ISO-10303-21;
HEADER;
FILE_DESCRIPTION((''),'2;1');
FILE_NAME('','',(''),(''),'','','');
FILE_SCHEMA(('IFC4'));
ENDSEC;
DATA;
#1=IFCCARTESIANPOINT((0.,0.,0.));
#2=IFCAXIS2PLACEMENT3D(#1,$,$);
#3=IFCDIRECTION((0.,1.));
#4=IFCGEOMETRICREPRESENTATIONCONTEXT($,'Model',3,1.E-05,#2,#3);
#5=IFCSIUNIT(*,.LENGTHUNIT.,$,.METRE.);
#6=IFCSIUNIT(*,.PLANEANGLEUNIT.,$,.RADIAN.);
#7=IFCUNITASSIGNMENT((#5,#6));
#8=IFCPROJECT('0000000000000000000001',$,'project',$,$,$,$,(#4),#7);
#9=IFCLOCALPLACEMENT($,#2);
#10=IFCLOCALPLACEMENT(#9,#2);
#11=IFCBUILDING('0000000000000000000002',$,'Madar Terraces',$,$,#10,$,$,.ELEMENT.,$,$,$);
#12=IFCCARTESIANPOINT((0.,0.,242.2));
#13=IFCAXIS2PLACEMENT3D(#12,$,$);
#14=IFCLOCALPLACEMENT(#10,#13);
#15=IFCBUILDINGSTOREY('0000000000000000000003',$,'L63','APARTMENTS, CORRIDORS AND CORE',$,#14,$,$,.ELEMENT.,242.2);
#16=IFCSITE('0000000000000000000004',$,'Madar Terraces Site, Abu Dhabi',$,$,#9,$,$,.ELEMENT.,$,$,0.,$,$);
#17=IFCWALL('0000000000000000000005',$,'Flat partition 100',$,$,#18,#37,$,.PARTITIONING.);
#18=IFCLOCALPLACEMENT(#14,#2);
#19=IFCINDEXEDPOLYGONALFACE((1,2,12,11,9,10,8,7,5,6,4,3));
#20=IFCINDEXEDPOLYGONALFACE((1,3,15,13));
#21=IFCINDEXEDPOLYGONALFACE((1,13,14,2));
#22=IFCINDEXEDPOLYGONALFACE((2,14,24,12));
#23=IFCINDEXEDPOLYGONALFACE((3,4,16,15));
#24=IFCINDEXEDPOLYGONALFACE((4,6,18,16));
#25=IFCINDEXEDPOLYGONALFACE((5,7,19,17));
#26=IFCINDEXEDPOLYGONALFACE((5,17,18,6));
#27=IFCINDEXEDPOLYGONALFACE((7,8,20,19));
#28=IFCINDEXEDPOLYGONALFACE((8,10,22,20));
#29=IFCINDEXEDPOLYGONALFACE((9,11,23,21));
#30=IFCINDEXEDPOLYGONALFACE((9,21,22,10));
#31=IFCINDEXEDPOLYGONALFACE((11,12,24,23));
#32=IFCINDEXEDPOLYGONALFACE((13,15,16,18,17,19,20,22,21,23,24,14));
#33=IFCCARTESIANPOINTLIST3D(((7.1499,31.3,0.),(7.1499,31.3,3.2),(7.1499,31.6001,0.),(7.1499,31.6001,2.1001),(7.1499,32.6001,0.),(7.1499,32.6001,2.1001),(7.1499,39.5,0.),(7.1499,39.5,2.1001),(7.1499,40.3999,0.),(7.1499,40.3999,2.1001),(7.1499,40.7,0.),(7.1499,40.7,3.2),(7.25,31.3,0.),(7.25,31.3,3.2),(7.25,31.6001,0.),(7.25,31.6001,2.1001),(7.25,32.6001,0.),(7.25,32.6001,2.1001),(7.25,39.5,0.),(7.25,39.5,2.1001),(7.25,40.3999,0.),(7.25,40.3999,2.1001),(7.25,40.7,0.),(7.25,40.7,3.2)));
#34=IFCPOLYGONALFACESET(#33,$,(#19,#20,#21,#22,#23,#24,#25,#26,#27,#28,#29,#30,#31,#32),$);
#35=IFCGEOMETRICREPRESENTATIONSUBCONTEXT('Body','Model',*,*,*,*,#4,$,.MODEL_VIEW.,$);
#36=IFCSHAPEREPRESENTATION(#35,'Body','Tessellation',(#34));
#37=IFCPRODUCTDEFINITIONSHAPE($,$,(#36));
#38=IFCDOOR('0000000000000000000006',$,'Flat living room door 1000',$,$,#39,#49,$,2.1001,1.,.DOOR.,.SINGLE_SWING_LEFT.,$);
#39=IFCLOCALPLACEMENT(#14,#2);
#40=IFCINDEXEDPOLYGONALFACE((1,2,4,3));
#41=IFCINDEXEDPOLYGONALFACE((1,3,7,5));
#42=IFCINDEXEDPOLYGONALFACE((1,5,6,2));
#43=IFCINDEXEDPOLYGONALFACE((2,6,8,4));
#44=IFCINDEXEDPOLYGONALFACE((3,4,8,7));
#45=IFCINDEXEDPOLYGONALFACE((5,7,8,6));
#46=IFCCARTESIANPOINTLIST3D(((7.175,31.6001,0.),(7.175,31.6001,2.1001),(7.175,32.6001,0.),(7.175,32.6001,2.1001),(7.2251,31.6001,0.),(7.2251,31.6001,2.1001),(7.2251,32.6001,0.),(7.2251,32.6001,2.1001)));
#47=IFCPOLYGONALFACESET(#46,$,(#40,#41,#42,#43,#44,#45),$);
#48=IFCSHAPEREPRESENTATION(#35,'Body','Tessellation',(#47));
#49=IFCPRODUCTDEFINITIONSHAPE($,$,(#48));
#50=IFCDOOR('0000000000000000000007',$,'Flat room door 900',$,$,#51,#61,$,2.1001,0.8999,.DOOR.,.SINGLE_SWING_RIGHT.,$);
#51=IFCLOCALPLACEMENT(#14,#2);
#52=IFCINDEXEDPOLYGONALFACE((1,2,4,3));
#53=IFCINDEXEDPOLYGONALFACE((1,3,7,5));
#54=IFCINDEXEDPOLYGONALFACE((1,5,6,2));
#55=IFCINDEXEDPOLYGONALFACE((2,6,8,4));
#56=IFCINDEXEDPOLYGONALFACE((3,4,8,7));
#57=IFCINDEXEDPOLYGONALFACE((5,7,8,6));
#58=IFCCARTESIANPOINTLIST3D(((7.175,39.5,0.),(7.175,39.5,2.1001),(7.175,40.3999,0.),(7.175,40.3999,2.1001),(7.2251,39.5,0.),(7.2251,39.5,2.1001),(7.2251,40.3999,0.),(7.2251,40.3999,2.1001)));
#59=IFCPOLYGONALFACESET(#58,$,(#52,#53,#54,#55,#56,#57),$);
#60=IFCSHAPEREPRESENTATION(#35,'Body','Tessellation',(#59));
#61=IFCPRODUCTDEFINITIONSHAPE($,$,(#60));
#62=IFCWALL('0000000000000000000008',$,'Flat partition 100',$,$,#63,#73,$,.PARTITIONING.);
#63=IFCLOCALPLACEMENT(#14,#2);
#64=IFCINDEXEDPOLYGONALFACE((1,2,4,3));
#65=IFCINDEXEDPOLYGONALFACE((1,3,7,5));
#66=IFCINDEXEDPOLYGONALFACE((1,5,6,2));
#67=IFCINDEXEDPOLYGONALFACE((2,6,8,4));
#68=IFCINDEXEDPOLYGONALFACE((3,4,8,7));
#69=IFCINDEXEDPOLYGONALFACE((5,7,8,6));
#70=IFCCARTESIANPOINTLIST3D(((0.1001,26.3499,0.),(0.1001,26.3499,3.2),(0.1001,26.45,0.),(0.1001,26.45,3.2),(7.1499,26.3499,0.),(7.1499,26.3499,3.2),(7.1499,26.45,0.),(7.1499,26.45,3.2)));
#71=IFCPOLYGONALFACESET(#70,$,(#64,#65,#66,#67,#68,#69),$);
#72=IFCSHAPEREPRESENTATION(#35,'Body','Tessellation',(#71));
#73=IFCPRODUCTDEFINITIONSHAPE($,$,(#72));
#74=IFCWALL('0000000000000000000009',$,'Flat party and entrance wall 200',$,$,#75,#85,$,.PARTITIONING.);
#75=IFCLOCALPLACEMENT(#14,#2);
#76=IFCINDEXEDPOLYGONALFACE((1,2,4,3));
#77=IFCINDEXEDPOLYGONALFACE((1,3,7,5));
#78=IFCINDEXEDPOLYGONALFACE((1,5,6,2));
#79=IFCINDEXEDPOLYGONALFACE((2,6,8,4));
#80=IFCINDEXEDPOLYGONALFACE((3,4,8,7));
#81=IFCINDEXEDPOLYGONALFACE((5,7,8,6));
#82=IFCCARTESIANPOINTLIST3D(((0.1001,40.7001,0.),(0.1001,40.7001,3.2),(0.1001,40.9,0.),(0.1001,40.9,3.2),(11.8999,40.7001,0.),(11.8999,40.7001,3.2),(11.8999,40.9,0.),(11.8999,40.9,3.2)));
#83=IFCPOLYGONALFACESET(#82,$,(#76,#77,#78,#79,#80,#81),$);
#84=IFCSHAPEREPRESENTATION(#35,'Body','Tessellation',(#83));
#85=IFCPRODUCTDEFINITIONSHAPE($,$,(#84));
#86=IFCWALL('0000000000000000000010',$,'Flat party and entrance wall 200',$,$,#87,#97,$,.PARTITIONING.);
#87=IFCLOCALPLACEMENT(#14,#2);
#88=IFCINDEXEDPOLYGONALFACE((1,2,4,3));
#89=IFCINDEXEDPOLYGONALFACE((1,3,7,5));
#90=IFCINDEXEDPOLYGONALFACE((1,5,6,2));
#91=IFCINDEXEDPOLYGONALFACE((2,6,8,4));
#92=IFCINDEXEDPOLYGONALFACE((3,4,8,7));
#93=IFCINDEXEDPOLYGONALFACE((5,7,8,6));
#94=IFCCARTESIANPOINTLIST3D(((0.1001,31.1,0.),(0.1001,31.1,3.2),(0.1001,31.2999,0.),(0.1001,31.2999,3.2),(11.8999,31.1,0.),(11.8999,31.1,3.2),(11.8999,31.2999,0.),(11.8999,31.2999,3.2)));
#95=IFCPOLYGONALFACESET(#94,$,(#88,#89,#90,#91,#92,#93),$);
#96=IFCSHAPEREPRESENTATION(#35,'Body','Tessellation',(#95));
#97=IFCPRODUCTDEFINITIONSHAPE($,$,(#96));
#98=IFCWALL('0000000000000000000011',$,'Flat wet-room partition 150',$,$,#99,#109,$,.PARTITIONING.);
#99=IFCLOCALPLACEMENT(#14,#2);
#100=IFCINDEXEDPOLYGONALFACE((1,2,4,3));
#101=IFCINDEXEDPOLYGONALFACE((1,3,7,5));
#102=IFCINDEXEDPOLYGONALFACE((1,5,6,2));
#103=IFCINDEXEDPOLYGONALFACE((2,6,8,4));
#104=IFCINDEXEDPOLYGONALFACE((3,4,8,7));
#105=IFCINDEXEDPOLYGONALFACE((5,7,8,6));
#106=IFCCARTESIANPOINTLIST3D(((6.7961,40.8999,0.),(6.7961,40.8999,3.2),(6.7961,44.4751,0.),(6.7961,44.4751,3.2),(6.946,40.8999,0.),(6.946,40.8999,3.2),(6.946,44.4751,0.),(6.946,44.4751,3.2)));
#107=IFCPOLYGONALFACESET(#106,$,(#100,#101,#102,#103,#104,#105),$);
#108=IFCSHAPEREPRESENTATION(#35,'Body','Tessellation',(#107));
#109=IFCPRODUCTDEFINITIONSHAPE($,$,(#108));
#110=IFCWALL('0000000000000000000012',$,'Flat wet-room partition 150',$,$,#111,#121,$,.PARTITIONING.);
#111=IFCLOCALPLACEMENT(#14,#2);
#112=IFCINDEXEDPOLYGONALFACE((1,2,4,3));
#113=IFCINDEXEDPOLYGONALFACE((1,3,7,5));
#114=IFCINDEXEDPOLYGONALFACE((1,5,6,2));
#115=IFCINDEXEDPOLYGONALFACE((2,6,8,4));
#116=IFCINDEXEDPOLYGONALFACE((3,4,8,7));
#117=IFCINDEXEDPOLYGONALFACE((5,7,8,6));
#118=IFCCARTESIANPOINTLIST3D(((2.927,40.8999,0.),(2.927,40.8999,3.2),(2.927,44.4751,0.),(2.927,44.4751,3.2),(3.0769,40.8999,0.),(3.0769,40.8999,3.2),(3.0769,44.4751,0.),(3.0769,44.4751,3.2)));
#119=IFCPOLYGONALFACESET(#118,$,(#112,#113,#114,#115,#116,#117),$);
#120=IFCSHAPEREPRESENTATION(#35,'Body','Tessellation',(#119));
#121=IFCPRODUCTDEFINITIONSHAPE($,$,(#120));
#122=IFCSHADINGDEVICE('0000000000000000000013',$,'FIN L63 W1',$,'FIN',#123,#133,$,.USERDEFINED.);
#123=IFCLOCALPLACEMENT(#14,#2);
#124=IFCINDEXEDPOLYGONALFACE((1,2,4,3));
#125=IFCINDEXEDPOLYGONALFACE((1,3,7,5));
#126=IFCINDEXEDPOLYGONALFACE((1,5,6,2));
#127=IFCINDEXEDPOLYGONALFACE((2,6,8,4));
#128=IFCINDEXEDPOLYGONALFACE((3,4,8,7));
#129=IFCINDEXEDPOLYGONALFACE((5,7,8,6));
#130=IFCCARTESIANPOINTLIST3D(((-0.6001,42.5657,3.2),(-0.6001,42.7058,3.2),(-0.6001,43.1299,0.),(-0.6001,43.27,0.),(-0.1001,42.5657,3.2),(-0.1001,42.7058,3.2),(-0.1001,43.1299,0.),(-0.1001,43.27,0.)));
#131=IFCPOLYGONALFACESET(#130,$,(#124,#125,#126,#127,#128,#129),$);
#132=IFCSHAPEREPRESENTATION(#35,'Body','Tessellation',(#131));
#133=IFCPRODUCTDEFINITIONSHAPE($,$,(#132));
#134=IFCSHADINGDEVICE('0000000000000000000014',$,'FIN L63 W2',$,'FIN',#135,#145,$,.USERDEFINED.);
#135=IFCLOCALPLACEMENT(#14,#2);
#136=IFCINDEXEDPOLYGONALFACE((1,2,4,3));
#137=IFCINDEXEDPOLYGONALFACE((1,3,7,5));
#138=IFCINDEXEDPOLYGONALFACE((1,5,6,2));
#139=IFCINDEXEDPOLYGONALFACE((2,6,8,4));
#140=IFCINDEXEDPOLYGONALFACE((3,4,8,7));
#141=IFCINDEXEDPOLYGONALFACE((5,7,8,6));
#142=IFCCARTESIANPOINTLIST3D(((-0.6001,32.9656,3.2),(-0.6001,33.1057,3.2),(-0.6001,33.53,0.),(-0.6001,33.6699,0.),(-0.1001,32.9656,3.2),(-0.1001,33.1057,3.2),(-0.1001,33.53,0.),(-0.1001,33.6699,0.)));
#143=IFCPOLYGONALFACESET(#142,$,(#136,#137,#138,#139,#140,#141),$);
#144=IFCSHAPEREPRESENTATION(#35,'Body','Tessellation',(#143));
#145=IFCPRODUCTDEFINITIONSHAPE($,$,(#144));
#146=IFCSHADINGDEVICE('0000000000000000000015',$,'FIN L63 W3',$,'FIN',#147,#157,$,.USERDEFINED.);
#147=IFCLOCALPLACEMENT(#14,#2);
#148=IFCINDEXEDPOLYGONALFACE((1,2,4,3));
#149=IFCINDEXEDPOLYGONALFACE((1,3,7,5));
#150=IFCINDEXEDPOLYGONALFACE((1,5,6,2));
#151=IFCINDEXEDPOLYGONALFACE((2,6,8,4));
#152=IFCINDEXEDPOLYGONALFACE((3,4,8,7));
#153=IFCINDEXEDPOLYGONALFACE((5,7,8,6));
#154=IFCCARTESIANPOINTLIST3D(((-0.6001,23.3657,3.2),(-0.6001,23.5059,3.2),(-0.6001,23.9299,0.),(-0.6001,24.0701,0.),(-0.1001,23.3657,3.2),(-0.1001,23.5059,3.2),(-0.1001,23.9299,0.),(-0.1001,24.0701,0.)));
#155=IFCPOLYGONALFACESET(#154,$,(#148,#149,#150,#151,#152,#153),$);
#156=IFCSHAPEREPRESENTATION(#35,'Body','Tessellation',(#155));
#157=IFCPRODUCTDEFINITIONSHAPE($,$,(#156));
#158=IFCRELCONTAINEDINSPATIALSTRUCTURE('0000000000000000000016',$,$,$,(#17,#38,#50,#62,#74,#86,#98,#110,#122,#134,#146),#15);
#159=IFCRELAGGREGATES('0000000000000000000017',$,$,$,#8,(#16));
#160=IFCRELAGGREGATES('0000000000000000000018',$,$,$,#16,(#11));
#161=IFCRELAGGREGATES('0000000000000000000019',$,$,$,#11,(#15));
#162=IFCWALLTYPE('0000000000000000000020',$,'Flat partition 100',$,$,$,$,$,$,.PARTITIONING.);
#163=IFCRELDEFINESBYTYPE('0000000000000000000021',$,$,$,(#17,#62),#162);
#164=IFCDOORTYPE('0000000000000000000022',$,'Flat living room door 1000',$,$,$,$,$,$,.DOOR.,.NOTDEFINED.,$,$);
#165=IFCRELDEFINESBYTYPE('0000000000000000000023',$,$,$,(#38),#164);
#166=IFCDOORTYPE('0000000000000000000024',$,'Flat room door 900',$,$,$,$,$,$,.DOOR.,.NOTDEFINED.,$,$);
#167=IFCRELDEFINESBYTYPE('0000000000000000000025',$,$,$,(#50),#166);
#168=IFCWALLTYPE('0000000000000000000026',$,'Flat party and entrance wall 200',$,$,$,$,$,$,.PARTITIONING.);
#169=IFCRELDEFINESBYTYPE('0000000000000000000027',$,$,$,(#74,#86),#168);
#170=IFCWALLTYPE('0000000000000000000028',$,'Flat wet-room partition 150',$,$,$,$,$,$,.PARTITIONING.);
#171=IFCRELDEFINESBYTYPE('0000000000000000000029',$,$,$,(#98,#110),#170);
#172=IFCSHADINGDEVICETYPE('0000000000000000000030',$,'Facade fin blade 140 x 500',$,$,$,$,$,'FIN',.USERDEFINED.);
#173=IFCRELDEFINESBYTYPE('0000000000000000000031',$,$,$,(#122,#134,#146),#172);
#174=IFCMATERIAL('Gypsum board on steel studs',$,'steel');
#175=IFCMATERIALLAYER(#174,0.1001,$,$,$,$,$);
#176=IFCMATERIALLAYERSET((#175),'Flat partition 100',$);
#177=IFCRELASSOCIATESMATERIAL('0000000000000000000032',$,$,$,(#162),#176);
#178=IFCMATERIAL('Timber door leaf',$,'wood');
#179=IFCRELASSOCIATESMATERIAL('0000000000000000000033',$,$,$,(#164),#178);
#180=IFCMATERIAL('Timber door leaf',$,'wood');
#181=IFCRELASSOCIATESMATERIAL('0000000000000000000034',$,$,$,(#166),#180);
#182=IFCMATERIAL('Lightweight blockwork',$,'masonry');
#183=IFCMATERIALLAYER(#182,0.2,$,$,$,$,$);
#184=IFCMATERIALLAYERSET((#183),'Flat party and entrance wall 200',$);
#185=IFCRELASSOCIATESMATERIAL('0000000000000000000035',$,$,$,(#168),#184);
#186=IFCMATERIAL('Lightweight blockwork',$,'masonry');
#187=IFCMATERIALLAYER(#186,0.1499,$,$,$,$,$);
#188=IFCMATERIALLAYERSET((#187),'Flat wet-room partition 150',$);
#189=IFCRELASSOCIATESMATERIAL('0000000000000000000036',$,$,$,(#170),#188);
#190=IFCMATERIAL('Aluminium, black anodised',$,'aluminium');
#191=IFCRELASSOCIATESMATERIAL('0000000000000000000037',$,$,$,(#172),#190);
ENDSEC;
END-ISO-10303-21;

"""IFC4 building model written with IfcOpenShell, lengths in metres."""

from ifc_helpers import new_model, si_unit, direction, frame, frame_2d, origin, place, context, subcontext, project, spatial, polyline, rectangle, outline, extrude, material, layer, layer_set, type_object, element, fill, save


model = new_model("IFC4")

# Units and contexts
model_context = context("Model", 3, precision=1e-05, world=origin(), true_north=direction((0.0, 1.0)))
body_context = subcontext(model_context, "Body", "Model", "MODEL_VIEW")
ifc_project = project(units=[si_unit("LENGTHUNIT", "METRE"), si_unit("PLANEANGLEUNIT", "RADIAN")], contexts=[model_context])

# Site, building, storey
site_placement = place(None, origin())
site = spatial("IfcSite", under=ifc_project, at=site_placement, Name="Madar Terraces Site, Abu Dhabi", CompositionType="ELEMENT", RefElevation=0.0)
building_placement = place(site_placement, origin())
building = spatial("IfcBuilding", under=site, at=building_placement, Name="Madar Terraces", CompositionType="ELEMENT")
storey_placement = place(building_placement, frame((0.0, 0.0, 242.2)))
storey = spatial("IfcBuildingStorey", under=building, at=storey_placement, Name="L63", Description="APARTMENTS, CORRIDORS AND CORE", CompositionType="ELEMENT", Elevation=242.2)

# Shared definitions
ifc_material_1 = material(Name="Gypsum board on steel studs", Category="steel")
ifc_layer_1 = layer(ifc_material_1, 0.1001)
ifc_layer_set_1 = layer_set([ifc_layer_1], Name="Flat partition 100")
wall_type_1 = type_object("IfcWallType", Name="Flat partition 100", PredefinedType="PARTITIONING", material=ifc_layer_set_1)

# Wall, openings, doors
wall_1_placement = place(storey_placement, frame((7.2, 31.3, 0.0), z_axis=(0.0, 0.0, 1.0), x_axis=(0.0, 1.0, 0.0)))
wall_1 = element("IfcWall", 1, at=wall_1_placement, inside=storey, type_object=wall_type_1, Name="Flat partition 100", PredefinedType="PARTITIONING", context=body_context, shape_type="SweptSolid", body=[
    extrude(rectangle(XDim=9.3999, YDim=0.1001, at=frame_2d((4.7, 0.0))), origin(), (0.0, 0.0, 1.0), 3.2),
])
opening_1_placement = place(wall_1_placement, frame((8.2, 0.0, 0.0)))
opening_1 = element("IfcOpeningElement", 2, at=opening_1_placement, cuts=wall_1, PredefinedType="OPENING", context=body_context, shape_type="SweptSolid", body=[
    extrude(rectangle(XDim=0.8999, YDim=2.1001, at=frame_2d((0.45, 1.05))), frame((0.0, 0.0601, 0.0), z_axis=(0.0, -1.0, 0.0), x_axis=(1.0, 0.0, 0.0)), (0.0, 0.0, 1.0), 0.1201),
])
opening_2_placement = place(wall_1_placement, frame((0.3, 0.0, 0.0)))
opening_2 = element("IfcOpeningElement", 3, at=opening_2_placement, cuts=wall_1, PredefinedType="OPENING", context=body_context, shape_type="SweptSolid", body=[
    extrude(rectangle(XDim=1.0, YDim=2.1001, at=frame_2d((0.5, 1.05))), frame((0.0, 0.0601, 0.0), z_axis=(0.0, -1.0, 0.0), x_axis=(1.0, 0.0, 0.0)), (0.0, 0.0, 1.0), 0.1201),
])
ifc_material_2 = material(Name="Timber door leaf", Category="wood")
door_type_1 = type_object("IfcDoorType", Name="Flat living room door 1000", OperationType="NOTDEFINED", PredefinedType="DOOR", material=ifc_material_2)
door_1_placement = place(opening_2_placement, origin())
door_1 = element("IfcDoor", 4, at=door_1_placement, inside=storey, type_object=door_type_1, Name="Flat living room door 1000", OperationType="SINGLE_SWING_LEFT", OverallHeight=2.1001, OverallWidth=1.0, PredefinedType="DOOR", context=body_context, shape_type="SweptSolid", body=[
    extrude(rectangle(XDim=1.0, YDim=2.1001, at=frame_2d((0.5, 1.05))), frame((0.0, 0.0249, 0.0), z_axis=(0.0, -1.0, 0.0), x_axis=(1.0, 0.0, 0.0)), (0.0, 0.0, 1.0), 0.05),
])
fill(opening_2, door_1)
ifc_material_3 = material(Name="Timber door leaf", Category="wood")
door_type_2 = type_object("IfcDoorType", Name="Flat room door 900", OperationType="NOTDEFINED", PredefinedType="DOOR", material=ifc_material_3)
door_2_placement = place(opening_1_placement, origin())
door_2 = element("IfcDoor", 5, at=door_2_placement, inside=storey, type_object=door_type_2, Name="Flat room door 900", OperationType="SINGLE_SWING_RIGHT", OverallHeight=2.1001, OverallWidth=0.8999, PredefinedType="DOOR", context=body_context, shape_type="SweptSolid", body=[
    extrude(rectangle(XDim=0.8999, YDim=2.1001, at=frame_2d((0.45, 1.05))), frame((0.0, 0.0249, 0.0), z_axis=(0.0, -1.0, 0.0), x_axis=(1.0, 0.0, 0.0)), (0.0, 0.0, 1.0), 0.05),
])
fill(opening_1, door_2)

# Walls
wall_2_placement = place(storey_placement, frame((7.1499, 26.3999, 0.0), z_axis=(0.0, 0.0, 1.0), x_axis=(-1.0, 0.0, 0.0)))
element("IfcWall", 6, at=wall_2_placement, inside=storey, type_object=wall_type_1, Name="Flat partition 100", PredefinedType="PARTITIONING", context=body_context, shape_type="SweptSolid", body=[
    extrude(rectangle(XDim=7.0498, YDim=0.1001, at=frame_2d((3.5249, 0.0))), origin(), (0.0, 0.0, 1.0), 3.2),
])
ifc_material_4 = material(Name="Lightweight blockwork", Category="masonry")
ifc_layer_2 = layer(ifc_material_4, 0.2)
ifc_layer_set_2 = layer_set([ifc_layer_2], Name="Flat party and entrance wall 200")
wall_type_2 = type_object("IfcWallType", Name="Flat party and entrance wall 200", PredefinedType="PARTITIONING", material=ifc_layer_set_2)
for number, where, z_axis, x_axis, name in (
    (7, (0.1001, 40.8, 0.0), (0.0, 0.0, 1.0), (1.0, 0.0, 0.0), "Flat party and entrance wall 200"),
    (8, (0.1001, 31.2, 0.0), (0.0, 0.0, 1.0), (1.0, 0.0, 0.0), "Flat party and entrance wall 200"),
):
    element("IfcWall", number, at=place(storey_placement, frame(where, z_axis=z_axis, x_axis=x_axis)), inside=storey, type_object=wall_type_2, Name=name, PredefinedType="PARTITIONING", context=body_context, shape_type="SweptSolid", body=[
        extrude(rectangle(XDim=11.7998, YDim=0.2, at=frame_2d((5.8999, 0.0))), origin(), (0.0, 0.0, 1.0), 3.2),
    ])
ifc_material_5 = material(Name="Lightweight blockwork", Category="masonry")
ifc_layer_3 = layer(ifc_material_5, 0.1499)
ifc_layer_set_3 = layer_set([ifc_layer_3], Name="Flat wet-room partition 150")
wall_type_3 = type_object("IfcWallType", Name="Flat wet-room partition 150", PredefinedType="PARTITIONING", material=ifc_layer_set_3)
for number, where, z_axis, x_axis, name in (
    (9, (6.8711, 40.8999, 0.0), (0.0, 0.0, 1.0), (0.0, 1.0, 0.0), "Flat wet-room partition 150"),
    (10, (3.002, 40.8999, 0.0), (0.0, 0.0, 1.0), (0.0, 1.0, 0.0), "Flat wet-room partition 150"),
):
    element("IfcWall", number, at=place(storey_placement, frame(where, z_axis=z_axis, x_axis=x_axis)), inside=storey, type_object=wall_type_3, Name=name, PredefinedType="PARTITIONING", context=body_context, shape_type="SweptSolid", body=[
        extrude(rectangle(XDim=3.5752, YDim=0.1499, at=frame_2d((1.7876, 0.0))), origin(), (0.0, 0.0, 1.0), 3.2),
    ])

# Shading devices
ifc_material_6 = material(Name="Aluminium, black anodised", Category="aluminium")
shading_device_type = type_object("IfcShadingDeviceType", Name="Facade fin blade 140 x 500", ElementType="FIN", PredefinedType="USERDEFINED", material=ifc_material_6)
shading_device_1_placement = place(storey_placement, frame((-0.3501, 43.27, 0.0), z_axis=(0.0, 0.0, 1.0), x_axis=(0.0, -1.0, 0.0)))
element("IfcShadingDevice", 11, at=shading_device_1_placement, inside=storey, type_object=shading_device_type, Name="FIN L63 W1", ObjectType="FIN", PredefinedType="USERDEFINED", context=body_context, shape_type="SweptSolid", body=[
    extrude(outline(polyline([(0.0, 0.0), (0.1401, 0.0), (0.7043, 3.2), (0.5642, 3.2), (0.0, 0.0)])), frame((0.0, 0.25, 0.0), z_axis=(0.0, -1.0, 0.0), x_axis=(1.0, 0.0, 0.0)), (0.0, 0.0, 1.0), 0.5),
])
shading_device_2_placement = place(storey_placement, frame((-0.3501, 33.6699, 0.0), z_axis=(0.0, 0.0, 1.0), x_axis=(0.0, -1.0, 0.0)))
element("IfcShadingDevice", 12, at=shading_device_2_placement, inside=storey, type_object=shading_device_type, Name="FIN L63 W2", ObjectType="FIN", PredefinedType="USERDEFINED", context=body_context, shape_type="SweptSolid", body=[
    extrude(outline(polyline([(0.0, 0.0), (0.1399, 0.0), (0.7043, 3.2), (0.5642, 3.2), (0.0, 0.0)])), frame((0.0, 0.25, 0.0), z_axis=(0.0, -1.0, 0.0), x_axis=(1.0, 0.0, 0.0)), (0.0, 0.0, 1.0), 0.5),
])
shading_device_3_placement = place(storey_placement, frame((-0.3501, 24.0701, 0.0), z_axis=(0.0, 0.0, 1.0), x_axis=(0.0, -1.0, 0.0)))
element("IfcShadingDevice", 13, at=shading_device_3_placement, inside=storey, type_object=shading_device_type, Name="FIN L63 W3", ObjectType="FIN", PredefinedType="USERDEFINED", context=body_context, shape_type="SweptSolid", body=[
    extrude(outline(polyline([(0.0, 0.0), (0.1401, 0.0), (0.7043, 3.2), (0.5642, 3.2), (0.0, 0.0)])), frame((0.0, 0.25, 0.0), z_axis=(0.0, -1.0, 0.0), x_axis=(1.0, 0.0, 0.0)), (0.0, 0.0, 1.0), 0.5),
])

save(model, "model.ifc")
